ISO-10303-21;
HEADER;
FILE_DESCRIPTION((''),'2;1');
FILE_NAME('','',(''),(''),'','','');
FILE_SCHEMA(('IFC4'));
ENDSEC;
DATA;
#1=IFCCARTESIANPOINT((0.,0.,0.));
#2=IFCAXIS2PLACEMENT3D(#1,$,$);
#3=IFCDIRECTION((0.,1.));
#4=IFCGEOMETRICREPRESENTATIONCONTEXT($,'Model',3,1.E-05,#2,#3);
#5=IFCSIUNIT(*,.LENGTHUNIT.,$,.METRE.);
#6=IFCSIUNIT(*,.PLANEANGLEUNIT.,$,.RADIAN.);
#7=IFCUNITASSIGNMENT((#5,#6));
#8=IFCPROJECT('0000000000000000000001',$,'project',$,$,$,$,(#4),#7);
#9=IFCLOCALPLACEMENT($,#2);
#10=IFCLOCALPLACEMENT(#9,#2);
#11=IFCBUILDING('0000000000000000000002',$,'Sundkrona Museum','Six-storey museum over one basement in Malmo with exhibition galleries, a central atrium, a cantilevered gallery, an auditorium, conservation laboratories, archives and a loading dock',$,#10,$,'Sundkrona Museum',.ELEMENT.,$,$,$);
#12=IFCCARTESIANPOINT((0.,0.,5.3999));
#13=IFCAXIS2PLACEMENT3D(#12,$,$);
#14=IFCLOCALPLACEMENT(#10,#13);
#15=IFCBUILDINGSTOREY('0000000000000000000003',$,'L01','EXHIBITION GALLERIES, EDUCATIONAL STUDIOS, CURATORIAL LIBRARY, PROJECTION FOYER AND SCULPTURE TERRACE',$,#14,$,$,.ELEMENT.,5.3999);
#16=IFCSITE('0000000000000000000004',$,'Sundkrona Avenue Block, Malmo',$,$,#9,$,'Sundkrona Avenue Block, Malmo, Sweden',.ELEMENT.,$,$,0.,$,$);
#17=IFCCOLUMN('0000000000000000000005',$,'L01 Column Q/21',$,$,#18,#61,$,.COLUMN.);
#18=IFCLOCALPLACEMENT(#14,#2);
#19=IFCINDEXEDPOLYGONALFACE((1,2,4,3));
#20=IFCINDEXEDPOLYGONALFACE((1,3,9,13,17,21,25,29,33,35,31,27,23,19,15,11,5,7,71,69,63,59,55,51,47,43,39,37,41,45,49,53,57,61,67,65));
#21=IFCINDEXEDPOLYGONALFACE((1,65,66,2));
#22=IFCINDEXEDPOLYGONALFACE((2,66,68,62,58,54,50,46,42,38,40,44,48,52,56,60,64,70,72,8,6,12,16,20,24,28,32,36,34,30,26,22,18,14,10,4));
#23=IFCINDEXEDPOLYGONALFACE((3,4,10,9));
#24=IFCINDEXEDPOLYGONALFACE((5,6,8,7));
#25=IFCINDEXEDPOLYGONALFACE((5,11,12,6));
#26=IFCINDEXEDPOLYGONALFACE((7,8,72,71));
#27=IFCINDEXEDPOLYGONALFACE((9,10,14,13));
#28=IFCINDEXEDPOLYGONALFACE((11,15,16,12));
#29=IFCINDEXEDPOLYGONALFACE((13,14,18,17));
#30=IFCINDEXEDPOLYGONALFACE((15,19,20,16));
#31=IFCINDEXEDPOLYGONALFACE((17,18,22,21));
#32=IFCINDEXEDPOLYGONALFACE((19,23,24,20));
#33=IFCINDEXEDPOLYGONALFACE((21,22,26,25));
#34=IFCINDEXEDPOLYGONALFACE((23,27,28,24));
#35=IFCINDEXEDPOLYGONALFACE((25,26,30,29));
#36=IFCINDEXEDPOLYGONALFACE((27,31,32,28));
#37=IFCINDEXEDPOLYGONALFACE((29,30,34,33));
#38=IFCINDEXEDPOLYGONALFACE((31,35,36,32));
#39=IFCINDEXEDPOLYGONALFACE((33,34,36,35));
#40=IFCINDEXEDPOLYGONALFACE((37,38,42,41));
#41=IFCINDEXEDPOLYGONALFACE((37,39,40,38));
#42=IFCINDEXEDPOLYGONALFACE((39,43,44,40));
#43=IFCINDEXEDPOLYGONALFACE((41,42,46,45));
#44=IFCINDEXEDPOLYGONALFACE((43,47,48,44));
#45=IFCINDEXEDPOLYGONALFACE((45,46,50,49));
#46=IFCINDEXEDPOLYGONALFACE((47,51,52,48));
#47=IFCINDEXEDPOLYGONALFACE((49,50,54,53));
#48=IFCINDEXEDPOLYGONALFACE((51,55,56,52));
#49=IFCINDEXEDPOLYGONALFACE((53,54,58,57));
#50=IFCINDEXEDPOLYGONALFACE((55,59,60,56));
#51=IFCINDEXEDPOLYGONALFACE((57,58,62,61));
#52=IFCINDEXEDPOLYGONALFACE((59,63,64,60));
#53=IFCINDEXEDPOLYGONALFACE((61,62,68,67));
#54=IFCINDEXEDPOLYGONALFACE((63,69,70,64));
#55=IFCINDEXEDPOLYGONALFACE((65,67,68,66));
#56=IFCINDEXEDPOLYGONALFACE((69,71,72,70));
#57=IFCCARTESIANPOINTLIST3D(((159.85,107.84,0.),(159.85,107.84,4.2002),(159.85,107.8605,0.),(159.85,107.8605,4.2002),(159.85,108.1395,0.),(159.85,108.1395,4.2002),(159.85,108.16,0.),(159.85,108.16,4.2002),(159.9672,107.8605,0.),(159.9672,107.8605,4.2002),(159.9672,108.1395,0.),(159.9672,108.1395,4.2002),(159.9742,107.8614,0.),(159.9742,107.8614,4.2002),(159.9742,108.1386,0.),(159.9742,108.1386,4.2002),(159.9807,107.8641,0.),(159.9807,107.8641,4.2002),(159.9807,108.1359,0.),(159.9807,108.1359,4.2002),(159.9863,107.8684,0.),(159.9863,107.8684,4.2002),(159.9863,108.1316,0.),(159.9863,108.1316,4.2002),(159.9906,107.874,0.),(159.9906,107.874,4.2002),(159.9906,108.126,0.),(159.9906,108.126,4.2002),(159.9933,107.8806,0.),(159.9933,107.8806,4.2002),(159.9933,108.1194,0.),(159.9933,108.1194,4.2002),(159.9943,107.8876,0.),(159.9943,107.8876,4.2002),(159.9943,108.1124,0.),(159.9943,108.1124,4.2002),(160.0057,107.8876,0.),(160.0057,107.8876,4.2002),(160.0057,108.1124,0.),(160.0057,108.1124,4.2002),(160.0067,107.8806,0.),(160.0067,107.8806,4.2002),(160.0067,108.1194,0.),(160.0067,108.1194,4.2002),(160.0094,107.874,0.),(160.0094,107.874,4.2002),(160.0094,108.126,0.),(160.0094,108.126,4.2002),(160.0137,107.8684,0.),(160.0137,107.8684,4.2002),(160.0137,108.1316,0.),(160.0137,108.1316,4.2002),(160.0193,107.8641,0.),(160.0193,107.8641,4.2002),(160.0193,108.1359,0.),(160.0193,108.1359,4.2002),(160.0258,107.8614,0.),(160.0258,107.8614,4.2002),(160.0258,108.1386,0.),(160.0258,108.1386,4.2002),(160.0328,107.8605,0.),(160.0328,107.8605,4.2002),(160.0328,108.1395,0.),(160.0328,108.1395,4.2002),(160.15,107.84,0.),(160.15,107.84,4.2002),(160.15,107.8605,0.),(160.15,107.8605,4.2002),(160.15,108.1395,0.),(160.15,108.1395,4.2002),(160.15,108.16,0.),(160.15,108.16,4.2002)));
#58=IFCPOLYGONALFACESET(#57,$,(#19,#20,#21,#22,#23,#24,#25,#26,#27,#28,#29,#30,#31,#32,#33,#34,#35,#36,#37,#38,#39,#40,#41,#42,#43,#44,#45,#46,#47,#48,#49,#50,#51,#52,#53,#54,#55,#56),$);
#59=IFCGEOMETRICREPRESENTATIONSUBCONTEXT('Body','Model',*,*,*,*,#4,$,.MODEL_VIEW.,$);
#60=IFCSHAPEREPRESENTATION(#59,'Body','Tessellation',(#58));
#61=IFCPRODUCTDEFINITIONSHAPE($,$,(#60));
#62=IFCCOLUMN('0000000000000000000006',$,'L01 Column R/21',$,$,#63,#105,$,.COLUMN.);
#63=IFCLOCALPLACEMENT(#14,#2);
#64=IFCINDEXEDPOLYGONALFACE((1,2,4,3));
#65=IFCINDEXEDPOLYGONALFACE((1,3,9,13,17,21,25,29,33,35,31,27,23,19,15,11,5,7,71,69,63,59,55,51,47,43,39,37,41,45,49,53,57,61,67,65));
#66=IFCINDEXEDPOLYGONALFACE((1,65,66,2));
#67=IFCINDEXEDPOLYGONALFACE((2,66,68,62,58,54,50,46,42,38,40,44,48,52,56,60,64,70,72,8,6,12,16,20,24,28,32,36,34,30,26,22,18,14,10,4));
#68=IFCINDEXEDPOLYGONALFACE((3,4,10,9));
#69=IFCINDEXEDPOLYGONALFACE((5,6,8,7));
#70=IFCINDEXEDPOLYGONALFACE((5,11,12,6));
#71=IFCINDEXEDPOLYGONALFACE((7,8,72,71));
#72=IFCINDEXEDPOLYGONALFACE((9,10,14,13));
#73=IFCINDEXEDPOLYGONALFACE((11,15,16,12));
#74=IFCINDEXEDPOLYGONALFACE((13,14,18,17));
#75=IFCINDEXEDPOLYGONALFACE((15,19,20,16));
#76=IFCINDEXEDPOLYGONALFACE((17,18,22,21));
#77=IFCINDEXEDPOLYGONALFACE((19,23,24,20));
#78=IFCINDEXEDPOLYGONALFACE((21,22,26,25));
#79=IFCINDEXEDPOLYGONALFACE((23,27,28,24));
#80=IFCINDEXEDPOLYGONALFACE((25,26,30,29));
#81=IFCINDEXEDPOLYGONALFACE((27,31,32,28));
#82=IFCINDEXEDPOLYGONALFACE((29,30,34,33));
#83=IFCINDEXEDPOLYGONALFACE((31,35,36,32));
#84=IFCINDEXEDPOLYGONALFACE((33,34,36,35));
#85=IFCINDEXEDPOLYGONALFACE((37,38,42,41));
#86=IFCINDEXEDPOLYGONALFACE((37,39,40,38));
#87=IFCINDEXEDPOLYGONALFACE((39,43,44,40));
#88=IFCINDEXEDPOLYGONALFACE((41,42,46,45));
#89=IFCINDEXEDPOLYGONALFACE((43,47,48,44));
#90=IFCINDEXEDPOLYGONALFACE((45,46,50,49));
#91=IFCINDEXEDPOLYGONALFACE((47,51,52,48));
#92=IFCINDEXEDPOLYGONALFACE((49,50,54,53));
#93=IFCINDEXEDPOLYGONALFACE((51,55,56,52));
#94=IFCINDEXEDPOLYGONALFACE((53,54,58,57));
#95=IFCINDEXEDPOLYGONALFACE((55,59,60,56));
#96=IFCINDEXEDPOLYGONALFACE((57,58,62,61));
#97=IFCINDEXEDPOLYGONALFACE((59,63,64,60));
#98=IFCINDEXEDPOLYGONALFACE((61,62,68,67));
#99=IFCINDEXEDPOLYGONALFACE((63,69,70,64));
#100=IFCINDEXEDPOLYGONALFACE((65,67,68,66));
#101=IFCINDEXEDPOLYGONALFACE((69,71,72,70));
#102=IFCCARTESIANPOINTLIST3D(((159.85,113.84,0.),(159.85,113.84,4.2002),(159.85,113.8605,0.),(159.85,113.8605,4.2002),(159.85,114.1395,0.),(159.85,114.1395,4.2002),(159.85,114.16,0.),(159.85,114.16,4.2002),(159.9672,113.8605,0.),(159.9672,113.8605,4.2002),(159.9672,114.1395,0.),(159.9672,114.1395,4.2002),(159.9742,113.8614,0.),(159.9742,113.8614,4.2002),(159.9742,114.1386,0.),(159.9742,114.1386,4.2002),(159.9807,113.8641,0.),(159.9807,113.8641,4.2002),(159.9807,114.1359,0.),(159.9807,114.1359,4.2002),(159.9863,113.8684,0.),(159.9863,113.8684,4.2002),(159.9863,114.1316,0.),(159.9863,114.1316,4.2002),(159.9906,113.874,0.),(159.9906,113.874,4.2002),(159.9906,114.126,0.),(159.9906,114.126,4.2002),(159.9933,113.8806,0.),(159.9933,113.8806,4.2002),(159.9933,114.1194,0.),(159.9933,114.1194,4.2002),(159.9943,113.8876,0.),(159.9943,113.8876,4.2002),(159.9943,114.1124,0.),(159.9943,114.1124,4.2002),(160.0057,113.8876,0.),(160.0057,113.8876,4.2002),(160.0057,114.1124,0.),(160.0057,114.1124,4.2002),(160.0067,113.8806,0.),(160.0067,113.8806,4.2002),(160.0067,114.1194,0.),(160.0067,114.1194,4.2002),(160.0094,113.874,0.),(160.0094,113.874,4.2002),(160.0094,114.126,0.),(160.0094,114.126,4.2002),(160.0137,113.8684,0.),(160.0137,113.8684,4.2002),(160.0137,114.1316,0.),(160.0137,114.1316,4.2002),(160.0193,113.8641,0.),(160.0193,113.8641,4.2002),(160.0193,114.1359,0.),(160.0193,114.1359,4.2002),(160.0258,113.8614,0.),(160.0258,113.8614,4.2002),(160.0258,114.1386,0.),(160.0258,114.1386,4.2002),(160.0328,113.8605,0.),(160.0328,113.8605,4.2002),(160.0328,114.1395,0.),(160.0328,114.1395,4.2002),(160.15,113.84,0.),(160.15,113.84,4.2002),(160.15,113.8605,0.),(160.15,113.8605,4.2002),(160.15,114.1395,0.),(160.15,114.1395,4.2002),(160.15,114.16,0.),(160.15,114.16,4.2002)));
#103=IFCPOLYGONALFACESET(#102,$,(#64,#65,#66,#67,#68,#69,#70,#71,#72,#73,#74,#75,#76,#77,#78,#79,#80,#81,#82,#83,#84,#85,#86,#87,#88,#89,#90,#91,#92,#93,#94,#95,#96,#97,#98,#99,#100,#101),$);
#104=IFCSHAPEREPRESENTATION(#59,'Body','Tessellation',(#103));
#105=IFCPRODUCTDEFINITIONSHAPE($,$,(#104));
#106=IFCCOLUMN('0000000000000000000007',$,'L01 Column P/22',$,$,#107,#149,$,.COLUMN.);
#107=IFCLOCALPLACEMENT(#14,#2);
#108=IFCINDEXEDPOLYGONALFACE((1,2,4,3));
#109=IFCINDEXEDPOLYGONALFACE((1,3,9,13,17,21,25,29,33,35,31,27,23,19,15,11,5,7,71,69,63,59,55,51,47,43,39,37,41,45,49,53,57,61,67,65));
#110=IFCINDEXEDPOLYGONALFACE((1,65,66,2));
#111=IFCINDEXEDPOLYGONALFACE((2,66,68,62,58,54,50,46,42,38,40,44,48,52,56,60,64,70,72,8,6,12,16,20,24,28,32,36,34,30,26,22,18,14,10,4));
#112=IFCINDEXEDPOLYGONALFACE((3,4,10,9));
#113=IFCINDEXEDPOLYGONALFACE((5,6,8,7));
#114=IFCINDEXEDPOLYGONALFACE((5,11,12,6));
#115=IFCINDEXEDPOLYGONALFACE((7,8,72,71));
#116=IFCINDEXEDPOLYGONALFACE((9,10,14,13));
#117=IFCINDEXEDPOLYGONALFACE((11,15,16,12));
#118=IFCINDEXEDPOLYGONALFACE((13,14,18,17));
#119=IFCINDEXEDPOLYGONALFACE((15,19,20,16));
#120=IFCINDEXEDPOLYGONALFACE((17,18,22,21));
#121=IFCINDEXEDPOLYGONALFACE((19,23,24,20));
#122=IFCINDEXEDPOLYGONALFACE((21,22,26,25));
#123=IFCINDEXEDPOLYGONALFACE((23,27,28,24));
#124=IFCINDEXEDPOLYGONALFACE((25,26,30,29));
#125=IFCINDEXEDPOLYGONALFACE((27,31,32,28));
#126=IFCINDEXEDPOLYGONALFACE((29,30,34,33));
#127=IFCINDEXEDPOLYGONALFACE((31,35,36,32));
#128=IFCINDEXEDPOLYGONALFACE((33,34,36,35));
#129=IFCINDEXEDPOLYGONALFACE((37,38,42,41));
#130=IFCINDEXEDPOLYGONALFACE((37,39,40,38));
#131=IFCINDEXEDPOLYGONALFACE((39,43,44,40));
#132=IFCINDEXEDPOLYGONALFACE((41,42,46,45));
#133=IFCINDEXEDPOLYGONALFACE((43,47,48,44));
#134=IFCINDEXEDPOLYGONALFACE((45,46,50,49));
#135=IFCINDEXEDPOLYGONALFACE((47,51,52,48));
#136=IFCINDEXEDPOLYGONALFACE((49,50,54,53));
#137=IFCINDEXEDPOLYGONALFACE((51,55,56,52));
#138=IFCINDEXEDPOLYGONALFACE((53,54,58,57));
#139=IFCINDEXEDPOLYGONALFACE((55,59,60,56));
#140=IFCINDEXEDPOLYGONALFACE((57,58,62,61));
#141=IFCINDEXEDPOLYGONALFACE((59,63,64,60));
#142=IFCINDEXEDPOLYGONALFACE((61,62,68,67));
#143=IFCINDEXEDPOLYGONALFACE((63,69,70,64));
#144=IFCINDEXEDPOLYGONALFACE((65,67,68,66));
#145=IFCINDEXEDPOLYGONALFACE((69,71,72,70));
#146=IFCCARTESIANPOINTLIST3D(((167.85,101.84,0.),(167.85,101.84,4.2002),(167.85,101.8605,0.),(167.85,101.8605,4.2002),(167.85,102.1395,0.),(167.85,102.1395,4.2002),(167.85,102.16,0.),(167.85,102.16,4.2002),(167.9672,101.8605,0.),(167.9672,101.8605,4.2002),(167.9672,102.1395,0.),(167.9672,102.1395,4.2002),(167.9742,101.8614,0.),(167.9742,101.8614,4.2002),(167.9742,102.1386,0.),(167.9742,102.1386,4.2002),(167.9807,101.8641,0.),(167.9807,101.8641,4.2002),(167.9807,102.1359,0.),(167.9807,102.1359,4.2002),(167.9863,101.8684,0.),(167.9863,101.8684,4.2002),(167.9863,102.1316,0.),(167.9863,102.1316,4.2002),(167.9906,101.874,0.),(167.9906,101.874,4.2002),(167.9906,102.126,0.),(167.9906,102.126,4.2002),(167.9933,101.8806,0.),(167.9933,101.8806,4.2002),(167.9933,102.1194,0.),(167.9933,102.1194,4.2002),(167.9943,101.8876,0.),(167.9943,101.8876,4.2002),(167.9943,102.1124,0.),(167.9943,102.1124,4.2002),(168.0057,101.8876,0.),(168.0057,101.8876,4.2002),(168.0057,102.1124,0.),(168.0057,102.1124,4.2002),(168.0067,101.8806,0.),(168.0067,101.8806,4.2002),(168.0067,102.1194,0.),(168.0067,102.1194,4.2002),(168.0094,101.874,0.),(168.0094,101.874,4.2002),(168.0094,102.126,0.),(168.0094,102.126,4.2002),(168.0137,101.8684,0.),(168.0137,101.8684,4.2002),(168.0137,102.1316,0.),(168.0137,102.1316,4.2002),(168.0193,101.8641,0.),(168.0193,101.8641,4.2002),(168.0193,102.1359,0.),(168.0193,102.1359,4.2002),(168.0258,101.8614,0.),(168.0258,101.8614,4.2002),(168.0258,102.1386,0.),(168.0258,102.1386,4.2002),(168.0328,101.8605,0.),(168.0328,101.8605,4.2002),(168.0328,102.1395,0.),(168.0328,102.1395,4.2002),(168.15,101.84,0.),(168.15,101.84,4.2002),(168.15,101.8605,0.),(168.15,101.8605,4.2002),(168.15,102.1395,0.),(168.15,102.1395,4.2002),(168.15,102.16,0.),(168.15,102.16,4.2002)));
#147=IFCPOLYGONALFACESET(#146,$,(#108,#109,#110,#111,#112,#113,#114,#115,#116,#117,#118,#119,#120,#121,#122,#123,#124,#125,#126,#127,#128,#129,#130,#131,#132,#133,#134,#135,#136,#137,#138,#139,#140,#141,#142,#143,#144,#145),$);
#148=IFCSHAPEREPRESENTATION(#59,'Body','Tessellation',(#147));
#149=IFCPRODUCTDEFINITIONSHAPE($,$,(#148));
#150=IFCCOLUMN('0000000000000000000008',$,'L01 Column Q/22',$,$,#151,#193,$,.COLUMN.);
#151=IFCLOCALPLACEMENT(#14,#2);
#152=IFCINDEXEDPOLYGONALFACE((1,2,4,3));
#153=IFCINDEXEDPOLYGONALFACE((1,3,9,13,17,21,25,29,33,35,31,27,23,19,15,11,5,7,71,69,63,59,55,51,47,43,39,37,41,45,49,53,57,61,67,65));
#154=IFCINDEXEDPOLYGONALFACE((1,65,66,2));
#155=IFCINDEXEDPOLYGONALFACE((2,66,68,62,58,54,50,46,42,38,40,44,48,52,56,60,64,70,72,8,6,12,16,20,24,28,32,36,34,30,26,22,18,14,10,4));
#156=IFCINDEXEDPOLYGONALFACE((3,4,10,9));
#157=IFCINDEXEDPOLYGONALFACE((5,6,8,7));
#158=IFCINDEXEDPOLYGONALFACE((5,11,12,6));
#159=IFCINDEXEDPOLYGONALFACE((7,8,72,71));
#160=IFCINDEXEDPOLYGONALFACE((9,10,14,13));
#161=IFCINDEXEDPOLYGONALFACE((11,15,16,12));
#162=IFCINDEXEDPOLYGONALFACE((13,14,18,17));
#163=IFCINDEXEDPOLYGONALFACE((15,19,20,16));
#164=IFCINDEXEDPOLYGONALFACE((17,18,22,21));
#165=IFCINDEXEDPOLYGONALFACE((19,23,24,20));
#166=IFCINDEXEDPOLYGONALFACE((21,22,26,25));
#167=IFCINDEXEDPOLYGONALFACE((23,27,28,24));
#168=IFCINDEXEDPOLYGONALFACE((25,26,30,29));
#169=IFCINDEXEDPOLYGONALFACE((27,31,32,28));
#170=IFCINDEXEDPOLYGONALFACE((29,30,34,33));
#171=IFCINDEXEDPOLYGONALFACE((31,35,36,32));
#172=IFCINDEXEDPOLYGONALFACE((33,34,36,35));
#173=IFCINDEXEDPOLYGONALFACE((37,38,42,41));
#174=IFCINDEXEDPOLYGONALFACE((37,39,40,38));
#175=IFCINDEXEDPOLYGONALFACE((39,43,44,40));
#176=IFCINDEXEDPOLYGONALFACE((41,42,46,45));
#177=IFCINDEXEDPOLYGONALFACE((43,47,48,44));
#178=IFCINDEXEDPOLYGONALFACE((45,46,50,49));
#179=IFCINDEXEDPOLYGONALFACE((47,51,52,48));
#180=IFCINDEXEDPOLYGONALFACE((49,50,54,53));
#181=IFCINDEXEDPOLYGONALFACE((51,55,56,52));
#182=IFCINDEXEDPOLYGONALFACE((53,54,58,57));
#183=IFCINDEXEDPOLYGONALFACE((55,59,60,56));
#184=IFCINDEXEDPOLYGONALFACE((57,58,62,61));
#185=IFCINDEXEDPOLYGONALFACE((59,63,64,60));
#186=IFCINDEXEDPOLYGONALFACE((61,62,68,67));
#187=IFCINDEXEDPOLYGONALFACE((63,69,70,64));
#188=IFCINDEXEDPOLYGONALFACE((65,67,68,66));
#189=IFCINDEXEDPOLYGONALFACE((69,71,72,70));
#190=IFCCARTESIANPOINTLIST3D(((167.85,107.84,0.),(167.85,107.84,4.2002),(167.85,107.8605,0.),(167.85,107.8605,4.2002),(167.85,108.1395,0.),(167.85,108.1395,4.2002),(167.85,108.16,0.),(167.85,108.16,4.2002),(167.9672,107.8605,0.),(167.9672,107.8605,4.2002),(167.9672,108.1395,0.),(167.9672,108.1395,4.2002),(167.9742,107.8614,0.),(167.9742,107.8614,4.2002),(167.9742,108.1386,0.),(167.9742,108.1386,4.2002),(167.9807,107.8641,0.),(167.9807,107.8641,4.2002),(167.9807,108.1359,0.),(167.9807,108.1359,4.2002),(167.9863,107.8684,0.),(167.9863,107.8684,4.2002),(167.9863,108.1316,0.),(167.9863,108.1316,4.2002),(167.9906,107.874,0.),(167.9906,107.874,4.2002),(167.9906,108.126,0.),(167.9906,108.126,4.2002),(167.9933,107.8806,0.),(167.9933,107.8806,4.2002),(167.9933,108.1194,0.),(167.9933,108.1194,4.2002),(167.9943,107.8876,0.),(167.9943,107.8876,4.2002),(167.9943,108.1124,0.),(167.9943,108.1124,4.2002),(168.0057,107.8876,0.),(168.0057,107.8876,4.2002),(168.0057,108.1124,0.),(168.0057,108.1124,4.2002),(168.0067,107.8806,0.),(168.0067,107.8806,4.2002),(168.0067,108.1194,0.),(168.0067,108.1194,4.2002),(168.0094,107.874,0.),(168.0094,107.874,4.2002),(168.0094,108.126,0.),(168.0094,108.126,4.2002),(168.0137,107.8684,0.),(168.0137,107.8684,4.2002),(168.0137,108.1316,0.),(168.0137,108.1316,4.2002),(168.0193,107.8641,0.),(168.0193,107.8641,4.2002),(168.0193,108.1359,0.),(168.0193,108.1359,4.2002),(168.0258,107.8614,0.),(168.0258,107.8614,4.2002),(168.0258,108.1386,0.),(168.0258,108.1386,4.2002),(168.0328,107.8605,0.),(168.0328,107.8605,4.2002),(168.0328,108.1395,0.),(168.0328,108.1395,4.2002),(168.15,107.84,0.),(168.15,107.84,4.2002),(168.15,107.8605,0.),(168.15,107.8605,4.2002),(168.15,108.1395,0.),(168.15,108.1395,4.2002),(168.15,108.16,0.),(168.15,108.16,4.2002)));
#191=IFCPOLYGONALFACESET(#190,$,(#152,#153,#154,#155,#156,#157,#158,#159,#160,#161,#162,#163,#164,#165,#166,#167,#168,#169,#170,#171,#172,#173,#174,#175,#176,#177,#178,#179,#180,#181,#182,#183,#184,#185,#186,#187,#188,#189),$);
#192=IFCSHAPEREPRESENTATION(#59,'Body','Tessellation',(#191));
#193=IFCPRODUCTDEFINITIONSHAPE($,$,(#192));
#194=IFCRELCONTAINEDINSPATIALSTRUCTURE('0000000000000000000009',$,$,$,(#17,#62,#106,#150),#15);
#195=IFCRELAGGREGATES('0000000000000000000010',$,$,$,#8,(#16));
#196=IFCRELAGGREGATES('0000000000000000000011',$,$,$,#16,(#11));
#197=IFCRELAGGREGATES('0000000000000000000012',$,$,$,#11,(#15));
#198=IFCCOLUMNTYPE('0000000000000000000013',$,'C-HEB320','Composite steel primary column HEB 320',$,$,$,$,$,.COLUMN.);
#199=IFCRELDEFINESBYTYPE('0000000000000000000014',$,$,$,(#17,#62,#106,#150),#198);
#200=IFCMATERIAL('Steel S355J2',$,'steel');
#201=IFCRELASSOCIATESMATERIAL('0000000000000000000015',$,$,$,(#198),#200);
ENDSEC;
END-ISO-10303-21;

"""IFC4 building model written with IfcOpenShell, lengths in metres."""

from ifc_helpers import new_model, si_unit, direction, frame, origin, origin_2d, place, context, subcontext, project, spatial, i_section, extrude, material, material_profile, profile_set, type_object, element, save


model = new_model("IFC4")

# Units and contexts
model_context = context("Model", 3, precision=1e-05, world=origin(), true_north=direction((0.0, 1.0)))
body_context = subcontext(model_context, "Body", "Model", "MODEL_VIEW")
ifc_project = project(units=[si_unit("LENGTHUNIT", "METRE"), si_unit("PLANEANGLEUNIT", "RADIAN")], contexts=[model_context])

# Site, building, storey
site_placement = place(None, origin())
site = spatial("IfcSite", under=ifc_project, at=site_placement, Name="Sundkrona Avenue Block, Malmo", LongName="Sundkrona Avenue Block, Malmo, Sweden", CompositionType="ELEMENT", RefElevation=0.0)
building_placement = place(site_placement, origin())
building = spatial("IfcBuilding", under=site, at=building_placement, Name="Sundkrona Museum", Description="Six-storey museum over one basement in Malmo with exhibition galleries, a central atrium, a cantilevered gallery, an auditorium, conservation laboratories, archives and a loading dock", LongName="Sundkrona Museum", CompositionType="ELEMENT")
storey_placement = place(building_placement, frame((0.0, 0.0, 5.3999)))
storey = spatial("IfcBuildingStorey", under=building, at=storey_placement, Name="L01", Description="EXHIBITION GALLERIES, EDUCATIONAL STUDIOS, CURATORIAL LIBRARY, PROJECTION FOYER AND SCULPTURE TERRACE", CompositionType="ELEMENT", Elevation=5.3999)

# Columns
ifc_material_1 = material(Name="Steel S355J2", Category="steel")
ifc_material_profile_1 = material_profile(ifc_material_1, i_section(OverallWidth=0.3, OverallDepth=0.3201, WebThickness=0.0115, FlangeThickness=0.0205, FilletRadius=0.0271, at=origin_2d()), Name="HEB 320")
ifc_profile_set_1 = profile_set([ifc_material_profile_1], Name="Steel S355J2")
column_type = type_object("IfcColumnType", Name="C-HEB320", Description="Composite steel primary column HEB 320", PredefinedType="COLUMN", material=ifc_profile_set_1)
for number, where, z_axis, x_axis, name in (
    (1, (160.0, 108.0, 0.0), (0.0, 0.0, 1.0), (1.0, 0.0, 0.0), "L01 Column Q/21"),
    (2, (160.0, 114.0, 0.0), (0.0, 0.0, 1.0), (1.0, 0.0, 0.0), "L01 Column R/21"),
    (3, (168.0, 102.0, 0.0), (0.0, 0.0, 1.0), (1.0, 0.0, 0.0), "L01 Column P/22"),
    (4, (168.0, 108.0, 0.0), (0.0, 0.0, 1.0), (1.0, 0.0, 0.0), "L01 Column Q/22"),
):
    element("IfcColumn", number, at=place(storey_placement, frame(where, z_axis=z_axis, x_axis=x_axis)), inside=storey, type_object=column_type, Name=name, PredefinedType="COLUMN", context=body_context, shape_type="SweptSolid", body=[
        extrude(i_section(OverallWidth=0.3, OverallDepth=0.3201, WebThickness=0.0115, FlangeThickness=0.0205, FilletRadius=0.0271, at=origin_2d()), origin(), (0.0, 0.0, 1.0), 4.2002),
    ])

save(model, "model.ifc")
